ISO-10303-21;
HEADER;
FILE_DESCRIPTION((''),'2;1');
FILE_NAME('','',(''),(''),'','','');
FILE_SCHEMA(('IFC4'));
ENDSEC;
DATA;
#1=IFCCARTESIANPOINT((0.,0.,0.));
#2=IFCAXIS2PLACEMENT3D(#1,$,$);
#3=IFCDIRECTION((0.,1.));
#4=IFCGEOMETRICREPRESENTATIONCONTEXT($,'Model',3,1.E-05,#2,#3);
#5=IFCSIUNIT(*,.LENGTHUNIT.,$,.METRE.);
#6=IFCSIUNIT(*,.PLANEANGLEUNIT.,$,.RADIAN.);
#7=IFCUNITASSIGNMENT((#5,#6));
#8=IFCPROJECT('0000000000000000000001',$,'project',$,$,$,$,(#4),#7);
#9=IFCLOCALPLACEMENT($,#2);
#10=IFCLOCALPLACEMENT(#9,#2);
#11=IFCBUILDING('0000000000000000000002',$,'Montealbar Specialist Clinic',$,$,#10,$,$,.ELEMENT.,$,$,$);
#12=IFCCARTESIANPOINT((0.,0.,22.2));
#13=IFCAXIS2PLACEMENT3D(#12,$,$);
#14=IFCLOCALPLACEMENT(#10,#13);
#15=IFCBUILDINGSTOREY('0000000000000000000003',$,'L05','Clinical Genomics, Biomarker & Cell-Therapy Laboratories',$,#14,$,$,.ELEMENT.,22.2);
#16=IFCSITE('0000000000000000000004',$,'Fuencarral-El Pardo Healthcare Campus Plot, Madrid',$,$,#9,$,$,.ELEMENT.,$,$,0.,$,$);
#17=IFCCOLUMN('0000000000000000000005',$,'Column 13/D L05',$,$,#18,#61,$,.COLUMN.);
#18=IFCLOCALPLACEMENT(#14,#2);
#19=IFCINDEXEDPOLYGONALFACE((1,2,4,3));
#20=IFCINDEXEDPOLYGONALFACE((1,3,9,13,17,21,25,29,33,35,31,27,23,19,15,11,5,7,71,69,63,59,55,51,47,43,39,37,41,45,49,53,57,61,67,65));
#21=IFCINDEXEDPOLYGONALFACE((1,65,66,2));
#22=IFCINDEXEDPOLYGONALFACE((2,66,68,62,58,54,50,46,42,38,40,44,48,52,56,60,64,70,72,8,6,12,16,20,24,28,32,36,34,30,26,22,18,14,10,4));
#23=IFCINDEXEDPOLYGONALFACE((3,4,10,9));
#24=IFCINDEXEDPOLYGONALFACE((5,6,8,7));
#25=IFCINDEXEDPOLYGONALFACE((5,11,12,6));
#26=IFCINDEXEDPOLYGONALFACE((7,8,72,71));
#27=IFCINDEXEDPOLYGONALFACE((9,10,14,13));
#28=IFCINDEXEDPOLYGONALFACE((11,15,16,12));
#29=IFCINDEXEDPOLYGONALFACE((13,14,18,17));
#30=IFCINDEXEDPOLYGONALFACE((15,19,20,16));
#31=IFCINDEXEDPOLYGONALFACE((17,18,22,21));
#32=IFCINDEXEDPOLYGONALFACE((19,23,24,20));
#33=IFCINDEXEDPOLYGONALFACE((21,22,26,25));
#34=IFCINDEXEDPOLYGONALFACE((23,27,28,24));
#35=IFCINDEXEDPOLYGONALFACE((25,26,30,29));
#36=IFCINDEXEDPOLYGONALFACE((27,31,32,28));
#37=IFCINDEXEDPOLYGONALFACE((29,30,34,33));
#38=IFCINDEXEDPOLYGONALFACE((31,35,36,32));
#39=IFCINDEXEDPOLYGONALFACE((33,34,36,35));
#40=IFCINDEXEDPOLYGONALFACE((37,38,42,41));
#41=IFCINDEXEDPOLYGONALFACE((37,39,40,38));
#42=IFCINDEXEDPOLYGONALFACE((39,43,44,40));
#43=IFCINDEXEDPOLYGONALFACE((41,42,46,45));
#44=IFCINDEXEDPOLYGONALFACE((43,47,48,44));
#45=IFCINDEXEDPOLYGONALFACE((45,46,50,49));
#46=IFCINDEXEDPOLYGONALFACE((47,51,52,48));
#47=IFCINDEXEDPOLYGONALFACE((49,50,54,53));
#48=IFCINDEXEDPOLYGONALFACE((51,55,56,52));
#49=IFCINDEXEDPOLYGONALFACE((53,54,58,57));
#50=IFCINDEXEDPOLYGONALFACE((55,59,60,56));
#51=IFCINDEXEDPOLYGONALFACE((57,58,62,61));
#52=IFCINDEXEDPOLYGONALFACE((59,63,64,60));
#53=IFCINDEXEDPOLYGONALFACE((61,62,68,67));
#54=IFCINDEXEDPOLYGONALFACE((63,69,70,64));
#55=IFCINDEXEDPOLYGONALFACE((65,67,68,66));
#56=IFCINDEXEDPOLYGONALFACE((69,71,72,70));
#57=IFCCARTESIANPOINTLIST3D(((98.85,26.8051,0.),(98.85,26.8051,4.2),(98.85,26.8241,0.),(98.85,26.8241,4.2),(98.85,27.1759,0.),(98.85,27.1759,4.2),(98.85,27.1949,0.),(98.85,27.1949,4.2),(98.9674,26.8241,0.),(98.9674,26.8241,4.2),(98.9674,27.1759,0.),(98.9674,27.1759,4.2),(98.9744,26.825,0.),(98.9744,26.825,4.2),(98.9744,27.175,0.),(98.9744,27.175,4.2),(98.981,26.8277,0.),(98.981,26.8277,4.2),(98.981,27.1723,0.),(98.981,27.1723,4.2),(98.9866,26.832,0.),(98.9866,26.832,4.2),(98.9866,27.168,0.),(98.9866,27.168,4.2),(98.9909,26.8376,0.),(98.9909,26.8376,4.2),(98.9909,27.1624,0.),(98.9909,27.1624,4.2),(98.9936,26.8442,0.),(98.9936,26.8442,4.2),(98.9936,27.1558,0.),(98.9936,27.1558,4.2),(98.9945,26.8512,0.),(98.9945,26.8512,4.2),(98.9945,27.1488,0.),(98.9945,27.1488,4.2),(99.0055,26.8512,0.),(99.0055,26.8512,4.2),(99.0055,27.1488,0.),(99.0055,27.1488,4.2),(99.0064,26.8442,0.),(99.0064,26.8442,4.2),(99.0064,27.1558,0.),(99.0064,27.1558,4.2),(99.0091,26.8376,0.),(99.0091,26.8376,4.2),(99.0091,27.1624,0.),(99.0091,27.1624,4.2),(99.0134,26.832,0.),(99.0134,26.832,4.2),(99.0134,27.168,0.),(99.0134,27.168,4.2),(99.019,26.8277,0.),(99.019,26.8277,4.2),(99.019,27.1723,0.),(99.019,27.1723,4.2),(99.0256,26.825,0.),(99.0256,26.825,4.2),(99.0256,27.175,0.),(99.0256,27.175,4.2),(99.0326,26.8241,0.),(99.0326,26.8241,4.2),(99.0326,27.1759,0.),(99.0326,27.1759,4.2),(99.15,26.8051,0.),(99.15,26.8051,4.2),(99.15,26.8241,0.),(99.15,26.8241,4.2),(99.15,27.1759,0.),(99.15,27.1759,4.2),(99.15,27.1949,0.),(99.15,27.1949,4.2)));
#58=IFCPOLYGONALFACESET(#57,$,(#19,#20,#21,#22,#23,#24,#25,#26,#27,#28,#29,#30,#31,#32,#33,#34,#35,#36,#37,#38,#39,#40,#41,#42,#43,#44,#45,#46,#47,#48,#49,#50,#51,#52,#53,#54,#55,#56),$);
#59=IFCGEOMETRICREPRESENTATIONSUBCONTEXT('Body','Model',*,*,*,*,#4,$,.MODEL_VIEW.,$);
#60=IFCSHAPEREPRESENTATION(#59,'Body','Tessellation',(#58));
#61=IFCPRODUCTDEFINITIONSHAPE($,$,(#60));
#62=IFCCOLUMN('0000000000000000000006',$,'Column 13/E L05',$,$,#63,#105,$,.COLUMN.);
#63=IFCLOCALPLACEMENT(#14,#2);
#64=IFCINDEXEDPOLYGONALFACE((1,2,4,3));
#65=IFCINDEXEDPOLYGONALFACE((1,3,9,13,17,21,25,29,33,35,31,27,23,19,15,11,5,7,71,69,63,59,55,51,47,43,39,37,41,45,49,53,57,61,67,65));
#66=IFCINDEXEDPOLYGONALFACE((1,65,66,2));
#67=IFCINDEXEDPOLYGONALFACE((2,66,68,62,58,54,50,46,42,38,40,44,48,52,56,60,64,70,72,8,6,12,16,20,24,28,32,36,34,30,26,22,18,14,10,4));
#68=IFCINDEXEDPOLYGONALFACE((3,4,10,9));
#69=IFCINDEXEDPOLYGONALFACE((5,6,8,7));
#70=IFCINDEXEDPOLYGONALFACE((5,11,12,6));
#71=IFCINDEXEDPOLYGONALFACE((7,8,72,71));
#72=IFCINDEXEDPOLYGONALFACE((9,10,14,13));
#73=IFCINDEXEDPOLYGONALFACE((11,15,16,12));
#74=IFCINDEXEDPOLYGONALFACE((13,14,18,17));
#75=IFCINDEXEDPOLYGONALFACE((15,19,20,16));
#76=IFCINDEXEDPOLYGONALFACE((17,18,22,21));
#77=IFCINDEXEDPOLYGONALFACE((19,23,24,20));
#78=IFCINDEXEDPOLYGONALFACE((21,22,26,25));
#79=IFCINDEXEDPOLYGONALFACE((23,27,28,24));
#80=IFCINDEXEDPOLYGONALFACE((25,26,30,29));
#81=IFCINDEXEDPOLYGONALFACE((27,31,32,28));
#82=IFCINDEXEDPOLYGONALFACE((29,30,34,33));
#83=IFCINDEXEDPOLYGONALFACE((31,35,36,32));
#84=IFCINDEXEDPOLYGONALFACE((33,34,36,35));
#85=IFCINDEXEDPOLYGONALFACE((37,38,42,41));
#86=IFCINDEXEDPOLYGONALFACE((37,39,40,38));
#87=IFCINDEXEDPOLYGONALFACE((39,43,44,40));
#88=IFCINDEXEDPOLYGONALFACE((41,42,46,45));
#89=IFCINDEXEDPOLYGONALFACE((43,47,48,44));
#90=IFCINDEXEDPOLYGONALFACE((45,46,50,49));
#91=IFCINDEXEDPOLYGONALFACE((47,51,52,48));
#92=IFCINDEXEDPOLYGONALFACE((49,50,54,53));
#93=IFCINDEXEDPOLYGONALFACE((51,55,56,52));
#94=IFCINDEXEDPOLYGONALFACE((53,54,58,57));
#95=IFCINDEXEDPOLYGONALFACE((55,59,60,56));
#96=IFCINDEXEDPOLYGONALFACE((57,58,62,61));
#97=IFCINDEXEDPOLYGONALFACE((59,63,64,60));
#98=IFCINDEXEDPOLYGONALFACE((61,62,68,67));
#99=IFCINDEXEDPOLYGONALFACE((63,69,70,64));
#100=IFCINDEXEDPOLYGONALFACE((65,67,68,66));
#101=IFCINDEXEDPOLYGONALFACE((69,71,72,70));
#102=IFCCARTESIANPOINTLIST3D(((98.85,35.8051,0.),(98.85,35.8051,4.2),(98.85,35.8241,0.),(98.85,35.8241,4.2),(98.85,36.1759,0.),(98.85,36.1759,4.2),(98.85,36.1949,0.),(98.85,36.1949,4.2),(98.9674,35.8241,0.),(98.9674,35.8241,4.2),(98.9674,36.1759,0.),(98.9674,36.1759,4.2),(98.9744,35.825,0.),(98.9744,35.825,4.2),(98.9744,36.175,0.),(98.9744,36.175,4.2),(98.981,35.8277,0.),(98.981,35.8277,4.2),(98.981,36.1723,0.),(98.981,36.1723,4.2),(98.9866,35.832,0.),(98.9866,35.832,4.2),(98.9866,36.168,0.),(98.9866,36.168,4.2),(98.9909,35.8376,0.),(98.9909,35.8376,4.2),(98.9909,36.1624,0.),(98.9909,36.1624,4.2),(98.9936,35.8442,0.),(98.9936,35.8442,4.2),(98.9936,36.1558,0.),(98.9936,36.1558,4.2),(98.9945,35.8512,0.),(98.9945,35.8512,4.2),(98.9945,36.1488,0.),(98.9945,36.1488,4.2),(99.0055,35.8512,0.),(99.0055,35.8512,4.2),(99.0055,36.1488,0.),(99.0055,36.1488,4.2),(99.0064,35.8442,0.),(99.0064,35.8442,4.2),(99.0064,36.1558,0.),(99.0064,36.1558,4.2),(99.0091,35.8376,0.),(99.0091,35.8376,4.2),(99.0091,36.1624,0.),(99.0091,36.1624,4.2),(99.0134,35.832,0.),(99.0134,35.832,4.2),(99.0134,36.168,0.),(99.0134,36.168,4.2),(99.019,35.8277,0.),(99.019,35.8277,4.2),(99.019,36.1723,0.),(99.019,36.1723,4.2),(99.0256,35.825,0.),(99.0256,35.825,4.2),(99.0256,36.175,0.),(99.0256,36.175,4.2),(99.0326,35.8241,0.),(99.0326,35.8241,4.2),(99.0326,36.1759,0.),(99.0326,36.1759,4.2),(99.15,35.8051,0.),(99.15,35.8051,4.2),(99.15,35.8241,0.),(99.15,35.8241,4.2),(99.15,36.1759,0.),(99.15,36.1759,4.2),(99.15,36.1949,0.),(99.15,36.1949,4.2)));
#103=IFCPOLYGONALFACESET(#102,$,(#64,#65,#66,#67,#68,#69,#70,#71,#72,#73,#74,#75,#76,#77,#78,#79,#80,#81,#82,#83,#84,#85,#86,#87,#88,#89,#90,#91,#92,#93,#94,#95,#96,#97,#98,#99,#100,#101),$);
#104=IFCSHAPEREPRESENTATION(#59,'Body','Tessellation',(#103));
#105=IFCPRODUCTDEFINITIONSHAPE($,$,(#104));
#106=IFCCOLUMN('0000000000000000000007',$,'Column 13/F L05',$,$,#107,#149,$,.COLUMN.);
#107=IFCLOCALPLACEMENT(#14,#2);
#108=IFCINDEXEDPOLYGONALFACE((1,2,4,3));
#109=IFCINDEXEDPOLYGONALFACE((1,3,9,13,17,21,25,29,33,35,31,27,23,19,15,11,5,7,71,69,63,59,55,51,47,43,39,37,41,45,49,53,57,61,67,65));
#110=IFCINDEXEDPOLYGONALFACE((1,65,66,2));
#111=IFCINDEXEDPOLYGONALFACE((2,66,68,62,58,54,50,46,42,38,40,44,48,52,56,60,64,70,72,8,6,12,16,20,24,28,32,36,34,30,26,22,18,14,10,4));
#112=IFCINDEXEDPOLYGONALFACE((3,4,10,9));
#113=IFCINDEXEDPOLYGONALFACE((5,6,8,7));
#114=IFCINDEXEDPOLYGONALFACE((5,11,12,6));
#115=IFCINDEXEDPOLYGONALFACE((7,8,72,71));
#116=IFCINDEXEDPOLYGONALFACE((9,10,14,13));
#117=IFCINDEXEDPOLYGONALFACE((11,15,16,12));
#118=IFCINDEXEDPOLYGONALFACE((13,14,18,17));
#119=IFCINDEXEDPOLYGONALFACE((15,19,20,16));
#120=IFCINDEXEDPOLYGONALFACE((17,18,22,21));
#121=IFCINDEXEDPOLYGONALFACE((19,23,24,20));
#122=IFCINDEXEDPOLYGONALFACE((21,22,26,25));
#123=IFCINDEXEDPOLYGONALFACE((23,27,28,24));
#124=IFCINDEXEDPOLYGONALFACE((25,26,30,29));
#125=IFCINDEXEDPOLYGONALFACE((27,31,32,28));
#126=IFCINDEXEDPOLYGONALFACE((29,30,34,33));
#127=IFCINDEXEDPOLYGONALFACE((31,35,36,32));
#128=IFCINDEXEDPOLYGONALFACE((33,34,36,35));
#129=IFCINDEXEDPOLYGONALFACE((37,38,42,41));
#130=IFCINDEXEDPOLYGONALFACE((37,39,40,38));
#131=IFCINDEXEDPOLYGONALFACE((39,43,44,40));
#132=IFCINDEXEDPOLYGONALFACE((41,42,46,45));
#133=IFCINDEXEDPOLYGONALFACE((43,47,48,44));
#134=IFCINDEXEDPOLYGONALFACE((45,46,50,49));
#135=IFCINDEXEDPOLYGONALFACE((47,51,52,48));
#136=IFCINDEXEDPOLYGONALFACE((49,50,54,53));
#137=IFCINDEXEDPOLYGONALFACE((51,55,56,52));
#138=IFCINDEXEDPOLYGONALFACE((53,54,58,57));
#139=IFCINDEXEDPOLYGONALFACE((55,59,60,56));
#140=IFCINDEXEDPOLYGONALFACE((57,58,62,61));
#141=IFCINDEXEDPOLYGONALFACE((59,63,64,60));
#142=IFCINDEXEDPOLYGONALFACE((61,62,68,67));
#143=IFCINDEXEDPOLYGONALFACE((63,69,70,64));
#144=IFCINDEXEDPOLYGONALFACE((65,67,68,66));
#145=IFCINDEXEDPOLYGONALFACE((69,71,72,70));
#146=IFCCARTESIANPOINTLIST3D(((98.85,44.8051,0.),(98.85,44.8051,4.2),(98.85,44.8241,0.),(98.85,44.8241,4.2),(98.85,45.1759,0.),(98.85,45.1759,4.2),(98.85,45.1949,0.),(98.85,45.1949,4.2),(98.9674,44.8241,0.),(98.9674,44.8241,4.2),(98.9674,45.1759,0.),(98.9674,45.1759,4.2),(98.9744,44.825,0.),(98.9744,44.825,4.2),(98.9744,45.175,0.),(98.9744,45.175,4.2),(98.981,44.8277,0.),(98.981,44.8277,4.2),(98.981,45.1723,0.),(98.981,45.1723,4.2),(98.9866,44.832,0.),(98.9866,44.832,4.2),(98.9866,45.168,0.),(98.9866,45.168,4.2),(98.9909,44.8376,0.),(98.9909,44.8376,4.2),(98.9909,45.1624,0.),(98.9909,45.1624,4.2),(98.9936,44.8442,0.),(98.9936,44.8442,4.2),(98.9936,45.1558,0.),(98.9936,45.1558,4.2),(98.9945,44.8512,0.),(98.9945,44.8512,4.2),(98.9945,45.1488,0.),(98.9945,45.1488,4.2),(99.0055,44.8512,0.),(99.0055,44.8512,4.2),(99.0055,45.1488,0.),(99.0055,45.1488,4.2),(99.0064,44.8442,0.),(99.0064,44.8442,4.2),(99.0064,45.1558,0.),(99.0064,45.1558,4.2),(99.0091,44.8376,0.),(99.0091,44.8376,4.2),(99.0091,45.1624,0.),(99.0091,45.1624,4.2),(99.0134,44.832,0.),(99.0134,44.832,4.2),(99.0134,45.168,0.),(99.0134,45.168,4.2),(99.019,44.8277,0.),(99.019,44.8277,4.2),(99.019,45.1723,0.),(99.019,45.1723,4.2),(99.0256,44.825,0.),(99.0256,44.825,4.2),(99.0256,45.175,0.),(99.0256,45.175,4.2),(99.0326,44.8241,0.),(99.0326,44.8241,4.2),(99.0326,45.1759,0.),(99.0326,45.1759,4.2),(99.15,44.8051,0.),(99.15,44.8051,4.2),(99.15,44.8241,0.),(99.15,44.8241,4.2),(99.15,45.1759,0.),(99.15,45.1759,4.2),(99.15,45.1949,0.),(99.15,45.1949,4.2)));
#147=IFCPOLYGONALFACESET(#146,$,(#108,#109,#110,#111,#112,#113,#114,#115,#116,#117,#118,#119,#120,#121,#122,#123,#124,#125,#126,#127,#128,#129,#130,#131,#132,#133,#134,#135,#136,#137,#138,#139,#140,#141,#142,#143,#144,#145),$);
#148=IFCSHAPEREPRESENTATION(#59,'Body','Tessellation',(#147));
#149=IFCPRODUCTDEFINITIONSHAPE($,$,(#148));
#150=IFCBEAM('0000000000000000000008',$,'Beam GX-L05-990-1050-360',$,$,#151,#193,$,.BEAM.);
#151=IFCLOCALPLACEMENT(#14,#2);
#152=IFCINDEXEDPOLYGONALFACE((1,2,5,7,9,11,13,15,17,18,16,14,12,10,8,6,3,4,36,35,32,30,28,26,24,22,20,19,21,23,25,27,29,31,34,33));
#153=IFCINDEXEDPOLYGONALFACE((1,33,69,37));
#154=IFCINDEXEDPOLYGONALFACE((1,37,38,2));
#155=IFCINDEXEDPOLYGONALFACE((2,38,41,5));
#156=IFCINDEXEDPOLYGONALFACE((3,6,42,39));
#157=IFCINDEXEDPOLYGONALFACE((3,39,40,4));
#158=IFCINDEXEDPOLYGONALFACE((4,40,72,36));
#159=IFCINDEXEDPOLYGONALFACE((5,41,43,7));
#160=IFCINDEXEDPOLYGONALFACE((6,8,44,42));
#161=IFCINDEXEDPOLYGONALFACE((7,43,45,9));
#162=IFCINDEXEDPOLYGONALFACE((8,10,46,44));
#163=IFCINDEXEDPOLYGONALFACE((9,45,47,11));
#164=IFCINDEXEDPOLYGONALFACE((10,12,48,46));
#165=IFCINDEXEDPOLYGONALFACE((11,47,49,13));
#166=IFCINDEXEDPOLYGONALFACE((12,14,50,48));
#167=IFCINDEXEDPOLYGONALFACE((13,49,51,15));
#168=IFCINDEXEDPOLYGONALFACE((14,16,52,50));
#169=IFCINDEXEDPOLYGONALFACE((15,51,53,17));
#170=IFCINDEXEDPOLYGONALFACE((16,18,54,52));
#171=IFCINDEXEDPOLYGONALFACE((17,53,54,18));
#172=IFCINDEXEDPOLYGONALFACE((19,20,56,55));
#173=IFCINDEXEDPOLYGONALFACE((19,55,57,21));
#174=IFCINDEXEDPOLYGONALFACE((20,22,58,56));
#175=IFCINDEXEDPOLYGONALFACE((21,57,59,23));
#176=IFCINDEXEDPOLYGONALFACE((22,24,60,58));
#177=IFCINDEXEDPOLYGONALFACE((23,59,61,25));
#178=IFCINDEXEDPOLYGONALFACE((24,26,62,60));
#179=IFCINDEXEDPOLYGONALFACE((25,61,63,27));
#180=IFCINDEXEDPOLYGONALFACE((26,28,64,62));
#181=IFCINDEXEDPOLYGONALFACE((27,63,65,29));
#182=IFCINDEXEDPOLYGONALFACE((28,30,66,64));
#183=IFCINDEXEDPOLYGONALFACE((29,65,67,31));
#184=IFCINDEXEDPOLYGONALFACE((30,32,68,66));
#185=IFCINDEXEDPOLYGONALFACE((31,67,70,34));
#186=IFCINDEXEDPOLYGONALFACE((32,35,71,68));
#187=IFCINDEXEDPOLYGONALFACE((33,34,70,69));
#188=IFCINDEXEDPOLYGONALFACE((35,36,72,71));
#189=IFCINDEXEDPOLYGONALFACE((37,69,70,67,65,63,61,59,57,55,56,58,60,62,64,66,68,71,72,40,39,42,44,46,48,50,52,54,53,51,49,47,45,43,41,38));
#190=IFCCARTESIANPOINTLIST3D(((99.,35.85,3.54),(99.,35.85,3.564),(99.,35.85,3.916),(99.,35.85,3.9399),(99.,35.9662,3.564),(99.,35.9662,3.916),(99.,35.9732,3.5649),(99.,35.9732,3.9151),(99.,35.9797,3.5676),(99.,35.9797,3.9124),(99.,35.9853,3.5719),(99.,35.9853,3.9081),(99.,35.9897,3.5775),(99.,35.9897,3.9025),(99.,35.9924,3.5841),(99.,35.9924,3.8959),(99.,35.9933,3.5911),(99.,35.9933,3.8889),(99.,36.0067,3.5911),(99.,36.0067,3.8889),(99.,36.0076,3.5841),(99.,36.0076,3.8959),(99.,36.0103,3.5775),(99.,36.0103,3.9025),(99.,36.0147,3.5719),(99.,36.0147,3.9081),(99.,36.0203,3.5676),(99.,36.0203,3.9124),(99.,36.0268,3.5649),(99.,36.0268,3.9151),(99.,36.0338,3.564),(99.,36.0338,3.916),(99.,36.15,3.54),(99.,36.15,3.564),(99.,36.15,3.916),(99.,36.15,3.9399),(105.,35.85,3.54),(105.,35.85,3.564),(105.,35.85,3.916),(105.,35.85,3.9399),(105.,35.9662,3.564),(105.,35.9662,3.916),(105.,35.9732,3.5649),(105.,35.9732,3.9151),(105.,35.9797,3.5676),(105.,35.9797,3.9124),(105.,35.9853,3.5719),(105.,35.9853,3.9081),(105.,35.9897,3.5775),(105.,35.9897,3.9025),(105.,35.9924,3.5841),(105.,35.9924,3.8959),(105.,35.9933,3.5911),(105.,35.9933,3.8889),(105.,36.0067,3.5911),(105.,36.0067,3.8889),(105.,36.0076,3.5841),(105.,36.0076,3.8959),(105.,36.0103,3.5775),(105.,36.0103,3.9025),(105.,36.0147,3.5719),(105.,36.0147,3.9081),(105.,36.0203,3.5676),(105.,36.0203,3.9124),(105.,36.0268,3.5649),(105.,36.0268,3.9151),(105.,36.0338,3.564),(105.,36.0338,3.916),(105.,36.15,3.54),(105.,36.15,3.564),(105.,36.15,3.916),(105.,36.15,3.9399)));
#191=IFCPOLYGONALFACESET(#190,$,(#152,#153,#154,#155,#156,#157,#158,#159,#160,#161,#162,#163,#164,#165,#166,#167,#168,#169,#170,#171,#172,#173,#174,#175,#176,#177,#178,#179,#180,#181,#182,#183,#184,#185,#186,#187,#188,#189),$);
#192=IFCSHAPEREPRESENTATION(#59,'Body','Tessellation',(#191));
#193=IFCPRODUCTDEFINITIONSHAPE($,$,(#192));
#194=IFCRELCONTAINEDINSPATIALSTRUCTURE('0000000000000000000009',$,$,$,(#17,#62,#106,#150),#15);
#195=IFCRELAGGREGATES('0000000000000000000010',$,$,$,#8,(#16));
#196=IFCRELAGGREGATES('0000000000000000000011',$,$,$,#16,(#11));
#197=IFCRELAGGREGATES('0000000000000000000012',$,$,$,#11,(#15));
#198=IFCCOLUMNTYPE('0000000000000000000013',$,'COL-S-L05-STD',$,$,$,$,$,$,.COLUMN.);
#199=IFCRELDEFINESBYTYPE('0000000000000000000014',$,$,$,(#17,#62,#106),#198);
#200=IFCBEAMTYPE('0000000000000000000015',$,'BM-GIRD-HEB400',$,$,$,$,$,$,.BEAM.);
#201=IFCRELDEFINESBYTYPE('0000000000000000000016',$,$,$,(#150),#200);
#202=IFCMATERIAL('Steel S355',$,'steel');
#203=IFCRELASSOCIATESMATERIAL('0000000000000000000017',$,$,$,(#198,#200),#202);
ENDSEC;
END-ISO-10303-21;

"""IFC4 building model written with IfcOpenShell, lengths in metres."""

from ifc_helpers import new_model, si_unit, direction, frame, origin, origin_2d, place, context, subcontext, project, spatial, i_section, extrude, material, material_profile, profile_set, type_object, element, save


model = new_model("IFC4")

# Units and contexts
model_context = context("Model", 3, precision=1e-05, world=origin(), true_north=direction((0.0, 1.0)))
body_context = subcontext(model_context, "Body", "Model", "MODEL_VIEW")
ifc_project = project(units=[si_unit("LENGTHUNIT", "METRE"), si_unit("PLANEANGLEUNIT", "RADIAN")], contexts=[model_context])

# Site, building, storey
site_placement = place(None, origin())
site = spatial("IfcSite", under=ifc_project, at=site_placement, Name="Fuencarral-El Pardo Healthcare Campus Plot, Madrid", CompositionType="ELEMENT", RefElevation=0.0)
building_placement = place(site_placement, origin())
building = spatial("IfcBuilding", under=site, at=building_placement, Name="Montealbar Specialist Clinic", CompositionType="ELEMENT")
storey_placement = place(building_placement, frame((0.0, 0.0, 22.2)))
storey = spatial("IfcBuildingStorey", under=building, at=storey_placement, Name="L05", Description="Clinical Genomics, Biomarker & Cell-Therapy Laboratories", CompositionType="ELEMENT", Elevation=22.2)

# Columns
ifc_material_1 = material(Name="Steel S355", Category="steel")
ifc_material_profile_1 = material_profile(ifc_material_1, i_section(OverallWidth=0.3, OverallDepth=0.3899, WebThickness=0.011, FlangeThickness=0.019, FilletRadius=0.0271, at=origin_2d()), Name="HEA 400", Category="steel")
ifc_profile_set_1 = profile_set([ifc_material_profile_1], Name="Steel S355")
column_type = type_object("IfcColumnType", Name="COL-S-L05-STD", PredefinedType="COLUMN", material=ifc_profile_set_1)
for number, where, z_axis, x_axis, name in (
    (1, (99.0, 27.0, 0.0), (0.0, 0.0, 1.0), (1.0, 0.0, 0.0), "Column 13/D L05"),
    (2, (99.0, 36.0, 0.0), (0.0, 0.0, 1.0), (1.0, 0.0, 0.0), "Column 13/E L05"),
    (3, (99.0, 45.0, 0.0), (0.0, 0.0, 1.0), (1.0, 0.0, 0.0), "Column 13/F L05"),
):
    element("IfcColumn", number, at=place(storey_placement, frame(where, z_axis=z_axis, x_axis=x_axis)), inside=storey, type_object=column_type, Name=name, PredefinedType="COLUMN", context=body_context, shape_type="SweptSolid", body=[
        extrude(i_section(OverallWidth=0.3, OverallDepth=0.3899, WebThickness=0.011, FlangeThickness=0.019, FilletRadius=0.0271, at=origin_2d()), origin(), (0.0, 0.0, 1.0), 4.2),
    ])

# Beam
ifc_material_profile_2 = material_profile(ifc_material_1, i_section(OverallWidth=0.3, OverallDepth=0.3999, WebThickness=0.0134, FlangeThickness=0.0239, FilletRadius=0.0271, at=origin_2d()), Name="HEB 400", Category="steel")
ifc_profile_set_2 = profile_set([ifc_material_profile_2], Name="Steel S355")
beam_type_1 = type_object("IfcBeamType", Name="BM-GIRD-HEB400", PredefinedType="BEAM", material=ifc_profile_set_2)
beam_1_placement = place(storey_placement, frame((99.0, 36.0, 3.74), z_axis=(1.0, 0.0, 0.0), x_axis=(0.0, 1.0, 0.0)))
element("IfcBeam", 4, at=beam_1_placement, inside=storey, type_object=beam_type_1, Name="Beam GX-L05-990-1050-360", PredefinedType="BEAM", context=body_context, shape_type="SweptSolid", body=[
    extrude(i_section(OverallWidth=0.3, OverallDepth=0.3999, WebThickness=0.0134, FlangeThickness=0.0239, FilletRadius=0.0271, at=origin_2d()), origin(), (0.0, 0.0, 1.0), 6.0),
])

save(model, "model.ifc")
